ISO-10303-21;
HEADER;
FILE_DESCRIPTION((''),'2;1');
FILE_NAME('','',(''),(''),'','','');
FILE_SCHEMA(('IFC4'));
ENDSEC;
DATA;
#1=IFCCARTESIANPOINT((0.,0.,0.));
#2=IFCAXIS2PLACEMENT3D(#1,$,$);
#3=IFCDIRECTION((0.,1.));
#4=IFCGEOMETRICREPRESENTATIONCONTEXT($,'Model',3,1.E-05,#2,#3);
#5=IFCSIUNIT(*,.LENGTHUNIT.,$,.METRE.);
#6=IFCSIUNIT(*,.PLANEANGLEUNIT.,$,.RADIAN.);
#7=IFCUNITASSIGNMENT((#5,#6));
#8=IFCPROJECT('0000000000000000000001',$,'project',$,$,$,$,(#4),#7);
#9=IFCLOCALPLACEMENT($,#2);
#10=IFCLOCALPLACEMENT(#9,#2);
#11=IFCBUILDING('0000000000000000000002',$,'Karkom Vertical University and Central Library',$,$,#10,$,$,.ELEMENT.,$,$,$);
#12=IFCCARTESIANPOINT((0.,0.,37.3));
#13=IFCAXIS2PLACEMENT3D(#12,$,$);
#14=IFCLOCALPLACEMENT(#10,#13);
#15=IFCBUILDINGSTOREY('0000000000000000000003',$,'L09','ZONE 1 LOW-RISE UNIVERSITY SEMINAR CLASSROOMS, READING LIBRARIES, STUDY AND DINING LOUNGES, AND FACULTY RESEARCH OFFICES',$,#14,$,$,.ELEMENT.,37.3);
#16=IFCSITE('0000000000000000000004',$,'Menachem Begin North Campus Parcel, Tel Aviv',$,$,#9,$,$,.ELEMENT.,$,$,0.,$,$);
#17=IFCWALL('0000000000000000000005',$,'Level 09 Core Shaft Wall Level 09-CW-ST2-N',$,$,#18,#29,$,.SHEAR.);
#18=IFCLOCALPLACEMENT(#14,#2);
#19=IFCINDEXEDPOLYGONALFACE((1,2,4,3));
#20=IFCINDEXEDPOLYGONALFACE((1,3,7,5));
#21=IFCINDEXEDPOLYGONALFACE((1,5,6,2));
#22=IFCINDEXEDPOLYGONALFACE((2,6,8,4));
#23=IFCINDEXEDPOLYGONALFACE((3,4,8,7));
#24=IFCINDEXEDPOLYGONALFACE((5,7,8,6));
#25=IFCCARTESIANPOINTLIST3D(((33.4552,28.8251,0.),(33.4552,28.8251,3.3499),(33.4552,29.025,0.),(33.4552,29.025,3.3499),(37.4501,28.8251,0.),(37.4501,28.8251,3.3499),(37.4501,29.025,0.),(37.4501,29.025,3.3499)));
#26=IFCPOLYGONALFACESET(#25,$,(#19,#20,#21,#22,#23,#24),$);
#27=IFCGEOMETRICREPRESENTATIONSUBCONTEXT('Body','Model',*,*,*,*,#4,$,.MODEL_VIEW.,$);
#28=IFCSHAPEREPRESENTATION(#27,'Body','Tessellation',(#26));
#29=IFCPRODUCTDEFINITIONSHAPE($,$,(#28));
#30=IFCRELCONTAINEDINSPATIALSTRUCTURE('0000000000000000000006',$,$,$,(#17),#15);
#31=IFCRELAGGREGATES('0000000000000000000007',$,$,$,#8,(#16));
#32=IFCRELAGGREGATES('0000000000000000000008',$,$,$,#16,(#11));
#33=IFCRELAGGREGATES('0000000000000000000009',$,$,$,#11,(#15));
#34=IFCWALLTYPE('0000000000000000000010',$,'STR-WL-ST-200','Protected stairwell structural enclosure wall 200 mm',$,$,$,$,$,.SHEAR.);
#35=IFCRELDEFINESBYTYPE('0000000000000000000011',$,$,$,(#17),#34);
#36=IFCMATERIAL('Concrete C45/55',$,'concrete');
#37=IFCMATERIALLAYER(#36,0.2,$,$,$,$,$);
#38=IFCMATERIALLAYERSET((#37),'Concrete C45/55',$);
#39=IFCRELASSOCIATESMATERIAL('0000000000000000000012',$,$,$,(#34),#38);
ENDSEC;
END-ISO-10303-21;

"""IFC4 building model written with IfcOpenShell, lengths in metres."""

from ifc_helpers import new_model, si_unit, direction, frame, frame_2d, origin, place, context, subcontext, project, spatial, rectangle, extrude, material, layer, layer_set, type_object, element, save


model = new_model("IFC4")

# Units and contexts
model_context = context("Model", 3, precision=1e-05, world=origin(), true_north=direction((0.0, 1.0)))
body_context = subcontext(model_context, "Body", "Model", "MODEL_VIEW")
ifc_project = project(units=[si_unit("LENGTHUNIT", "METRE"), si_unit("PLANEANGLEUNIT", "RADIAN")], contexts=[model_context])

# Site, building, storey
site_placement = place(None, origin())
site = spatial("IfcSite", under=ifc_project, at=site_placement, Name="Menachem Begin North Campus Parcel, Tel Aviv", CompositionType="ELEMENT", RefElevation=0.0)
building_placement = place(site_placement, origin())
building = spatial("IfcBuilding", under=site, at=building_placement, Name="Karkom Vertical University and Central Library", CompositionType="ELEMENT")
storey_placement = place(building_placement, frame((0.0, 0.0, 37.3)))
storey = spatial("IfcBuildingStorey", under=building, at=storey_placement, Name="L09", Description="ZONE 1 LOW-RISE UNIVERSITY SEMINAR CLASSROOMS, READING LIBRARIES, STUDY AND DINING LOUNGES, AND FACULTY RESEARCH OFFICES", CompositionType="ELEMENT", Elevation=37.3)

# Wall
ifc_material_1 = material(Name="Concrete C45/55", Category="concrete")
ifc_layer_1 = layer(ifc_material_1, 0.2)
ifc_layer_set_1 = layer_set([ifc_layer_1], Name="Concrete C45/55")
wall_type_1 = type_object("IfcWallType", Name="STR-WL-ST-200", Description="Protected stairwell structural enclosure wall 200 mm", PredefinedType="SHEAR", material=ifc_layer_set_1)
wall_1_placement = place(storey_placement, frame((33.4551, 28.925, 0.0), z_axis=(0.0, 0.0, 1.0), x_axis=(1.0, 0.0, 0.0)))
element("IfcWall", 1, at=wall_1_placement, inside=storey, type_object=wall_type_1, Name="Level 09 Core Shaft Wall Level 09-CW-ST2-N", PredefinedType="SHEAR", context=body_context, shape_type="SweptSolid", body=[
    extrude(rectangle(XDim=3.9949, YDim=0.2, at=frame_2d((1.9976, 0.0))), origin(), (0.0, 0.0, 1.0), 3.3499),
])

save(model, "model.ifc")
